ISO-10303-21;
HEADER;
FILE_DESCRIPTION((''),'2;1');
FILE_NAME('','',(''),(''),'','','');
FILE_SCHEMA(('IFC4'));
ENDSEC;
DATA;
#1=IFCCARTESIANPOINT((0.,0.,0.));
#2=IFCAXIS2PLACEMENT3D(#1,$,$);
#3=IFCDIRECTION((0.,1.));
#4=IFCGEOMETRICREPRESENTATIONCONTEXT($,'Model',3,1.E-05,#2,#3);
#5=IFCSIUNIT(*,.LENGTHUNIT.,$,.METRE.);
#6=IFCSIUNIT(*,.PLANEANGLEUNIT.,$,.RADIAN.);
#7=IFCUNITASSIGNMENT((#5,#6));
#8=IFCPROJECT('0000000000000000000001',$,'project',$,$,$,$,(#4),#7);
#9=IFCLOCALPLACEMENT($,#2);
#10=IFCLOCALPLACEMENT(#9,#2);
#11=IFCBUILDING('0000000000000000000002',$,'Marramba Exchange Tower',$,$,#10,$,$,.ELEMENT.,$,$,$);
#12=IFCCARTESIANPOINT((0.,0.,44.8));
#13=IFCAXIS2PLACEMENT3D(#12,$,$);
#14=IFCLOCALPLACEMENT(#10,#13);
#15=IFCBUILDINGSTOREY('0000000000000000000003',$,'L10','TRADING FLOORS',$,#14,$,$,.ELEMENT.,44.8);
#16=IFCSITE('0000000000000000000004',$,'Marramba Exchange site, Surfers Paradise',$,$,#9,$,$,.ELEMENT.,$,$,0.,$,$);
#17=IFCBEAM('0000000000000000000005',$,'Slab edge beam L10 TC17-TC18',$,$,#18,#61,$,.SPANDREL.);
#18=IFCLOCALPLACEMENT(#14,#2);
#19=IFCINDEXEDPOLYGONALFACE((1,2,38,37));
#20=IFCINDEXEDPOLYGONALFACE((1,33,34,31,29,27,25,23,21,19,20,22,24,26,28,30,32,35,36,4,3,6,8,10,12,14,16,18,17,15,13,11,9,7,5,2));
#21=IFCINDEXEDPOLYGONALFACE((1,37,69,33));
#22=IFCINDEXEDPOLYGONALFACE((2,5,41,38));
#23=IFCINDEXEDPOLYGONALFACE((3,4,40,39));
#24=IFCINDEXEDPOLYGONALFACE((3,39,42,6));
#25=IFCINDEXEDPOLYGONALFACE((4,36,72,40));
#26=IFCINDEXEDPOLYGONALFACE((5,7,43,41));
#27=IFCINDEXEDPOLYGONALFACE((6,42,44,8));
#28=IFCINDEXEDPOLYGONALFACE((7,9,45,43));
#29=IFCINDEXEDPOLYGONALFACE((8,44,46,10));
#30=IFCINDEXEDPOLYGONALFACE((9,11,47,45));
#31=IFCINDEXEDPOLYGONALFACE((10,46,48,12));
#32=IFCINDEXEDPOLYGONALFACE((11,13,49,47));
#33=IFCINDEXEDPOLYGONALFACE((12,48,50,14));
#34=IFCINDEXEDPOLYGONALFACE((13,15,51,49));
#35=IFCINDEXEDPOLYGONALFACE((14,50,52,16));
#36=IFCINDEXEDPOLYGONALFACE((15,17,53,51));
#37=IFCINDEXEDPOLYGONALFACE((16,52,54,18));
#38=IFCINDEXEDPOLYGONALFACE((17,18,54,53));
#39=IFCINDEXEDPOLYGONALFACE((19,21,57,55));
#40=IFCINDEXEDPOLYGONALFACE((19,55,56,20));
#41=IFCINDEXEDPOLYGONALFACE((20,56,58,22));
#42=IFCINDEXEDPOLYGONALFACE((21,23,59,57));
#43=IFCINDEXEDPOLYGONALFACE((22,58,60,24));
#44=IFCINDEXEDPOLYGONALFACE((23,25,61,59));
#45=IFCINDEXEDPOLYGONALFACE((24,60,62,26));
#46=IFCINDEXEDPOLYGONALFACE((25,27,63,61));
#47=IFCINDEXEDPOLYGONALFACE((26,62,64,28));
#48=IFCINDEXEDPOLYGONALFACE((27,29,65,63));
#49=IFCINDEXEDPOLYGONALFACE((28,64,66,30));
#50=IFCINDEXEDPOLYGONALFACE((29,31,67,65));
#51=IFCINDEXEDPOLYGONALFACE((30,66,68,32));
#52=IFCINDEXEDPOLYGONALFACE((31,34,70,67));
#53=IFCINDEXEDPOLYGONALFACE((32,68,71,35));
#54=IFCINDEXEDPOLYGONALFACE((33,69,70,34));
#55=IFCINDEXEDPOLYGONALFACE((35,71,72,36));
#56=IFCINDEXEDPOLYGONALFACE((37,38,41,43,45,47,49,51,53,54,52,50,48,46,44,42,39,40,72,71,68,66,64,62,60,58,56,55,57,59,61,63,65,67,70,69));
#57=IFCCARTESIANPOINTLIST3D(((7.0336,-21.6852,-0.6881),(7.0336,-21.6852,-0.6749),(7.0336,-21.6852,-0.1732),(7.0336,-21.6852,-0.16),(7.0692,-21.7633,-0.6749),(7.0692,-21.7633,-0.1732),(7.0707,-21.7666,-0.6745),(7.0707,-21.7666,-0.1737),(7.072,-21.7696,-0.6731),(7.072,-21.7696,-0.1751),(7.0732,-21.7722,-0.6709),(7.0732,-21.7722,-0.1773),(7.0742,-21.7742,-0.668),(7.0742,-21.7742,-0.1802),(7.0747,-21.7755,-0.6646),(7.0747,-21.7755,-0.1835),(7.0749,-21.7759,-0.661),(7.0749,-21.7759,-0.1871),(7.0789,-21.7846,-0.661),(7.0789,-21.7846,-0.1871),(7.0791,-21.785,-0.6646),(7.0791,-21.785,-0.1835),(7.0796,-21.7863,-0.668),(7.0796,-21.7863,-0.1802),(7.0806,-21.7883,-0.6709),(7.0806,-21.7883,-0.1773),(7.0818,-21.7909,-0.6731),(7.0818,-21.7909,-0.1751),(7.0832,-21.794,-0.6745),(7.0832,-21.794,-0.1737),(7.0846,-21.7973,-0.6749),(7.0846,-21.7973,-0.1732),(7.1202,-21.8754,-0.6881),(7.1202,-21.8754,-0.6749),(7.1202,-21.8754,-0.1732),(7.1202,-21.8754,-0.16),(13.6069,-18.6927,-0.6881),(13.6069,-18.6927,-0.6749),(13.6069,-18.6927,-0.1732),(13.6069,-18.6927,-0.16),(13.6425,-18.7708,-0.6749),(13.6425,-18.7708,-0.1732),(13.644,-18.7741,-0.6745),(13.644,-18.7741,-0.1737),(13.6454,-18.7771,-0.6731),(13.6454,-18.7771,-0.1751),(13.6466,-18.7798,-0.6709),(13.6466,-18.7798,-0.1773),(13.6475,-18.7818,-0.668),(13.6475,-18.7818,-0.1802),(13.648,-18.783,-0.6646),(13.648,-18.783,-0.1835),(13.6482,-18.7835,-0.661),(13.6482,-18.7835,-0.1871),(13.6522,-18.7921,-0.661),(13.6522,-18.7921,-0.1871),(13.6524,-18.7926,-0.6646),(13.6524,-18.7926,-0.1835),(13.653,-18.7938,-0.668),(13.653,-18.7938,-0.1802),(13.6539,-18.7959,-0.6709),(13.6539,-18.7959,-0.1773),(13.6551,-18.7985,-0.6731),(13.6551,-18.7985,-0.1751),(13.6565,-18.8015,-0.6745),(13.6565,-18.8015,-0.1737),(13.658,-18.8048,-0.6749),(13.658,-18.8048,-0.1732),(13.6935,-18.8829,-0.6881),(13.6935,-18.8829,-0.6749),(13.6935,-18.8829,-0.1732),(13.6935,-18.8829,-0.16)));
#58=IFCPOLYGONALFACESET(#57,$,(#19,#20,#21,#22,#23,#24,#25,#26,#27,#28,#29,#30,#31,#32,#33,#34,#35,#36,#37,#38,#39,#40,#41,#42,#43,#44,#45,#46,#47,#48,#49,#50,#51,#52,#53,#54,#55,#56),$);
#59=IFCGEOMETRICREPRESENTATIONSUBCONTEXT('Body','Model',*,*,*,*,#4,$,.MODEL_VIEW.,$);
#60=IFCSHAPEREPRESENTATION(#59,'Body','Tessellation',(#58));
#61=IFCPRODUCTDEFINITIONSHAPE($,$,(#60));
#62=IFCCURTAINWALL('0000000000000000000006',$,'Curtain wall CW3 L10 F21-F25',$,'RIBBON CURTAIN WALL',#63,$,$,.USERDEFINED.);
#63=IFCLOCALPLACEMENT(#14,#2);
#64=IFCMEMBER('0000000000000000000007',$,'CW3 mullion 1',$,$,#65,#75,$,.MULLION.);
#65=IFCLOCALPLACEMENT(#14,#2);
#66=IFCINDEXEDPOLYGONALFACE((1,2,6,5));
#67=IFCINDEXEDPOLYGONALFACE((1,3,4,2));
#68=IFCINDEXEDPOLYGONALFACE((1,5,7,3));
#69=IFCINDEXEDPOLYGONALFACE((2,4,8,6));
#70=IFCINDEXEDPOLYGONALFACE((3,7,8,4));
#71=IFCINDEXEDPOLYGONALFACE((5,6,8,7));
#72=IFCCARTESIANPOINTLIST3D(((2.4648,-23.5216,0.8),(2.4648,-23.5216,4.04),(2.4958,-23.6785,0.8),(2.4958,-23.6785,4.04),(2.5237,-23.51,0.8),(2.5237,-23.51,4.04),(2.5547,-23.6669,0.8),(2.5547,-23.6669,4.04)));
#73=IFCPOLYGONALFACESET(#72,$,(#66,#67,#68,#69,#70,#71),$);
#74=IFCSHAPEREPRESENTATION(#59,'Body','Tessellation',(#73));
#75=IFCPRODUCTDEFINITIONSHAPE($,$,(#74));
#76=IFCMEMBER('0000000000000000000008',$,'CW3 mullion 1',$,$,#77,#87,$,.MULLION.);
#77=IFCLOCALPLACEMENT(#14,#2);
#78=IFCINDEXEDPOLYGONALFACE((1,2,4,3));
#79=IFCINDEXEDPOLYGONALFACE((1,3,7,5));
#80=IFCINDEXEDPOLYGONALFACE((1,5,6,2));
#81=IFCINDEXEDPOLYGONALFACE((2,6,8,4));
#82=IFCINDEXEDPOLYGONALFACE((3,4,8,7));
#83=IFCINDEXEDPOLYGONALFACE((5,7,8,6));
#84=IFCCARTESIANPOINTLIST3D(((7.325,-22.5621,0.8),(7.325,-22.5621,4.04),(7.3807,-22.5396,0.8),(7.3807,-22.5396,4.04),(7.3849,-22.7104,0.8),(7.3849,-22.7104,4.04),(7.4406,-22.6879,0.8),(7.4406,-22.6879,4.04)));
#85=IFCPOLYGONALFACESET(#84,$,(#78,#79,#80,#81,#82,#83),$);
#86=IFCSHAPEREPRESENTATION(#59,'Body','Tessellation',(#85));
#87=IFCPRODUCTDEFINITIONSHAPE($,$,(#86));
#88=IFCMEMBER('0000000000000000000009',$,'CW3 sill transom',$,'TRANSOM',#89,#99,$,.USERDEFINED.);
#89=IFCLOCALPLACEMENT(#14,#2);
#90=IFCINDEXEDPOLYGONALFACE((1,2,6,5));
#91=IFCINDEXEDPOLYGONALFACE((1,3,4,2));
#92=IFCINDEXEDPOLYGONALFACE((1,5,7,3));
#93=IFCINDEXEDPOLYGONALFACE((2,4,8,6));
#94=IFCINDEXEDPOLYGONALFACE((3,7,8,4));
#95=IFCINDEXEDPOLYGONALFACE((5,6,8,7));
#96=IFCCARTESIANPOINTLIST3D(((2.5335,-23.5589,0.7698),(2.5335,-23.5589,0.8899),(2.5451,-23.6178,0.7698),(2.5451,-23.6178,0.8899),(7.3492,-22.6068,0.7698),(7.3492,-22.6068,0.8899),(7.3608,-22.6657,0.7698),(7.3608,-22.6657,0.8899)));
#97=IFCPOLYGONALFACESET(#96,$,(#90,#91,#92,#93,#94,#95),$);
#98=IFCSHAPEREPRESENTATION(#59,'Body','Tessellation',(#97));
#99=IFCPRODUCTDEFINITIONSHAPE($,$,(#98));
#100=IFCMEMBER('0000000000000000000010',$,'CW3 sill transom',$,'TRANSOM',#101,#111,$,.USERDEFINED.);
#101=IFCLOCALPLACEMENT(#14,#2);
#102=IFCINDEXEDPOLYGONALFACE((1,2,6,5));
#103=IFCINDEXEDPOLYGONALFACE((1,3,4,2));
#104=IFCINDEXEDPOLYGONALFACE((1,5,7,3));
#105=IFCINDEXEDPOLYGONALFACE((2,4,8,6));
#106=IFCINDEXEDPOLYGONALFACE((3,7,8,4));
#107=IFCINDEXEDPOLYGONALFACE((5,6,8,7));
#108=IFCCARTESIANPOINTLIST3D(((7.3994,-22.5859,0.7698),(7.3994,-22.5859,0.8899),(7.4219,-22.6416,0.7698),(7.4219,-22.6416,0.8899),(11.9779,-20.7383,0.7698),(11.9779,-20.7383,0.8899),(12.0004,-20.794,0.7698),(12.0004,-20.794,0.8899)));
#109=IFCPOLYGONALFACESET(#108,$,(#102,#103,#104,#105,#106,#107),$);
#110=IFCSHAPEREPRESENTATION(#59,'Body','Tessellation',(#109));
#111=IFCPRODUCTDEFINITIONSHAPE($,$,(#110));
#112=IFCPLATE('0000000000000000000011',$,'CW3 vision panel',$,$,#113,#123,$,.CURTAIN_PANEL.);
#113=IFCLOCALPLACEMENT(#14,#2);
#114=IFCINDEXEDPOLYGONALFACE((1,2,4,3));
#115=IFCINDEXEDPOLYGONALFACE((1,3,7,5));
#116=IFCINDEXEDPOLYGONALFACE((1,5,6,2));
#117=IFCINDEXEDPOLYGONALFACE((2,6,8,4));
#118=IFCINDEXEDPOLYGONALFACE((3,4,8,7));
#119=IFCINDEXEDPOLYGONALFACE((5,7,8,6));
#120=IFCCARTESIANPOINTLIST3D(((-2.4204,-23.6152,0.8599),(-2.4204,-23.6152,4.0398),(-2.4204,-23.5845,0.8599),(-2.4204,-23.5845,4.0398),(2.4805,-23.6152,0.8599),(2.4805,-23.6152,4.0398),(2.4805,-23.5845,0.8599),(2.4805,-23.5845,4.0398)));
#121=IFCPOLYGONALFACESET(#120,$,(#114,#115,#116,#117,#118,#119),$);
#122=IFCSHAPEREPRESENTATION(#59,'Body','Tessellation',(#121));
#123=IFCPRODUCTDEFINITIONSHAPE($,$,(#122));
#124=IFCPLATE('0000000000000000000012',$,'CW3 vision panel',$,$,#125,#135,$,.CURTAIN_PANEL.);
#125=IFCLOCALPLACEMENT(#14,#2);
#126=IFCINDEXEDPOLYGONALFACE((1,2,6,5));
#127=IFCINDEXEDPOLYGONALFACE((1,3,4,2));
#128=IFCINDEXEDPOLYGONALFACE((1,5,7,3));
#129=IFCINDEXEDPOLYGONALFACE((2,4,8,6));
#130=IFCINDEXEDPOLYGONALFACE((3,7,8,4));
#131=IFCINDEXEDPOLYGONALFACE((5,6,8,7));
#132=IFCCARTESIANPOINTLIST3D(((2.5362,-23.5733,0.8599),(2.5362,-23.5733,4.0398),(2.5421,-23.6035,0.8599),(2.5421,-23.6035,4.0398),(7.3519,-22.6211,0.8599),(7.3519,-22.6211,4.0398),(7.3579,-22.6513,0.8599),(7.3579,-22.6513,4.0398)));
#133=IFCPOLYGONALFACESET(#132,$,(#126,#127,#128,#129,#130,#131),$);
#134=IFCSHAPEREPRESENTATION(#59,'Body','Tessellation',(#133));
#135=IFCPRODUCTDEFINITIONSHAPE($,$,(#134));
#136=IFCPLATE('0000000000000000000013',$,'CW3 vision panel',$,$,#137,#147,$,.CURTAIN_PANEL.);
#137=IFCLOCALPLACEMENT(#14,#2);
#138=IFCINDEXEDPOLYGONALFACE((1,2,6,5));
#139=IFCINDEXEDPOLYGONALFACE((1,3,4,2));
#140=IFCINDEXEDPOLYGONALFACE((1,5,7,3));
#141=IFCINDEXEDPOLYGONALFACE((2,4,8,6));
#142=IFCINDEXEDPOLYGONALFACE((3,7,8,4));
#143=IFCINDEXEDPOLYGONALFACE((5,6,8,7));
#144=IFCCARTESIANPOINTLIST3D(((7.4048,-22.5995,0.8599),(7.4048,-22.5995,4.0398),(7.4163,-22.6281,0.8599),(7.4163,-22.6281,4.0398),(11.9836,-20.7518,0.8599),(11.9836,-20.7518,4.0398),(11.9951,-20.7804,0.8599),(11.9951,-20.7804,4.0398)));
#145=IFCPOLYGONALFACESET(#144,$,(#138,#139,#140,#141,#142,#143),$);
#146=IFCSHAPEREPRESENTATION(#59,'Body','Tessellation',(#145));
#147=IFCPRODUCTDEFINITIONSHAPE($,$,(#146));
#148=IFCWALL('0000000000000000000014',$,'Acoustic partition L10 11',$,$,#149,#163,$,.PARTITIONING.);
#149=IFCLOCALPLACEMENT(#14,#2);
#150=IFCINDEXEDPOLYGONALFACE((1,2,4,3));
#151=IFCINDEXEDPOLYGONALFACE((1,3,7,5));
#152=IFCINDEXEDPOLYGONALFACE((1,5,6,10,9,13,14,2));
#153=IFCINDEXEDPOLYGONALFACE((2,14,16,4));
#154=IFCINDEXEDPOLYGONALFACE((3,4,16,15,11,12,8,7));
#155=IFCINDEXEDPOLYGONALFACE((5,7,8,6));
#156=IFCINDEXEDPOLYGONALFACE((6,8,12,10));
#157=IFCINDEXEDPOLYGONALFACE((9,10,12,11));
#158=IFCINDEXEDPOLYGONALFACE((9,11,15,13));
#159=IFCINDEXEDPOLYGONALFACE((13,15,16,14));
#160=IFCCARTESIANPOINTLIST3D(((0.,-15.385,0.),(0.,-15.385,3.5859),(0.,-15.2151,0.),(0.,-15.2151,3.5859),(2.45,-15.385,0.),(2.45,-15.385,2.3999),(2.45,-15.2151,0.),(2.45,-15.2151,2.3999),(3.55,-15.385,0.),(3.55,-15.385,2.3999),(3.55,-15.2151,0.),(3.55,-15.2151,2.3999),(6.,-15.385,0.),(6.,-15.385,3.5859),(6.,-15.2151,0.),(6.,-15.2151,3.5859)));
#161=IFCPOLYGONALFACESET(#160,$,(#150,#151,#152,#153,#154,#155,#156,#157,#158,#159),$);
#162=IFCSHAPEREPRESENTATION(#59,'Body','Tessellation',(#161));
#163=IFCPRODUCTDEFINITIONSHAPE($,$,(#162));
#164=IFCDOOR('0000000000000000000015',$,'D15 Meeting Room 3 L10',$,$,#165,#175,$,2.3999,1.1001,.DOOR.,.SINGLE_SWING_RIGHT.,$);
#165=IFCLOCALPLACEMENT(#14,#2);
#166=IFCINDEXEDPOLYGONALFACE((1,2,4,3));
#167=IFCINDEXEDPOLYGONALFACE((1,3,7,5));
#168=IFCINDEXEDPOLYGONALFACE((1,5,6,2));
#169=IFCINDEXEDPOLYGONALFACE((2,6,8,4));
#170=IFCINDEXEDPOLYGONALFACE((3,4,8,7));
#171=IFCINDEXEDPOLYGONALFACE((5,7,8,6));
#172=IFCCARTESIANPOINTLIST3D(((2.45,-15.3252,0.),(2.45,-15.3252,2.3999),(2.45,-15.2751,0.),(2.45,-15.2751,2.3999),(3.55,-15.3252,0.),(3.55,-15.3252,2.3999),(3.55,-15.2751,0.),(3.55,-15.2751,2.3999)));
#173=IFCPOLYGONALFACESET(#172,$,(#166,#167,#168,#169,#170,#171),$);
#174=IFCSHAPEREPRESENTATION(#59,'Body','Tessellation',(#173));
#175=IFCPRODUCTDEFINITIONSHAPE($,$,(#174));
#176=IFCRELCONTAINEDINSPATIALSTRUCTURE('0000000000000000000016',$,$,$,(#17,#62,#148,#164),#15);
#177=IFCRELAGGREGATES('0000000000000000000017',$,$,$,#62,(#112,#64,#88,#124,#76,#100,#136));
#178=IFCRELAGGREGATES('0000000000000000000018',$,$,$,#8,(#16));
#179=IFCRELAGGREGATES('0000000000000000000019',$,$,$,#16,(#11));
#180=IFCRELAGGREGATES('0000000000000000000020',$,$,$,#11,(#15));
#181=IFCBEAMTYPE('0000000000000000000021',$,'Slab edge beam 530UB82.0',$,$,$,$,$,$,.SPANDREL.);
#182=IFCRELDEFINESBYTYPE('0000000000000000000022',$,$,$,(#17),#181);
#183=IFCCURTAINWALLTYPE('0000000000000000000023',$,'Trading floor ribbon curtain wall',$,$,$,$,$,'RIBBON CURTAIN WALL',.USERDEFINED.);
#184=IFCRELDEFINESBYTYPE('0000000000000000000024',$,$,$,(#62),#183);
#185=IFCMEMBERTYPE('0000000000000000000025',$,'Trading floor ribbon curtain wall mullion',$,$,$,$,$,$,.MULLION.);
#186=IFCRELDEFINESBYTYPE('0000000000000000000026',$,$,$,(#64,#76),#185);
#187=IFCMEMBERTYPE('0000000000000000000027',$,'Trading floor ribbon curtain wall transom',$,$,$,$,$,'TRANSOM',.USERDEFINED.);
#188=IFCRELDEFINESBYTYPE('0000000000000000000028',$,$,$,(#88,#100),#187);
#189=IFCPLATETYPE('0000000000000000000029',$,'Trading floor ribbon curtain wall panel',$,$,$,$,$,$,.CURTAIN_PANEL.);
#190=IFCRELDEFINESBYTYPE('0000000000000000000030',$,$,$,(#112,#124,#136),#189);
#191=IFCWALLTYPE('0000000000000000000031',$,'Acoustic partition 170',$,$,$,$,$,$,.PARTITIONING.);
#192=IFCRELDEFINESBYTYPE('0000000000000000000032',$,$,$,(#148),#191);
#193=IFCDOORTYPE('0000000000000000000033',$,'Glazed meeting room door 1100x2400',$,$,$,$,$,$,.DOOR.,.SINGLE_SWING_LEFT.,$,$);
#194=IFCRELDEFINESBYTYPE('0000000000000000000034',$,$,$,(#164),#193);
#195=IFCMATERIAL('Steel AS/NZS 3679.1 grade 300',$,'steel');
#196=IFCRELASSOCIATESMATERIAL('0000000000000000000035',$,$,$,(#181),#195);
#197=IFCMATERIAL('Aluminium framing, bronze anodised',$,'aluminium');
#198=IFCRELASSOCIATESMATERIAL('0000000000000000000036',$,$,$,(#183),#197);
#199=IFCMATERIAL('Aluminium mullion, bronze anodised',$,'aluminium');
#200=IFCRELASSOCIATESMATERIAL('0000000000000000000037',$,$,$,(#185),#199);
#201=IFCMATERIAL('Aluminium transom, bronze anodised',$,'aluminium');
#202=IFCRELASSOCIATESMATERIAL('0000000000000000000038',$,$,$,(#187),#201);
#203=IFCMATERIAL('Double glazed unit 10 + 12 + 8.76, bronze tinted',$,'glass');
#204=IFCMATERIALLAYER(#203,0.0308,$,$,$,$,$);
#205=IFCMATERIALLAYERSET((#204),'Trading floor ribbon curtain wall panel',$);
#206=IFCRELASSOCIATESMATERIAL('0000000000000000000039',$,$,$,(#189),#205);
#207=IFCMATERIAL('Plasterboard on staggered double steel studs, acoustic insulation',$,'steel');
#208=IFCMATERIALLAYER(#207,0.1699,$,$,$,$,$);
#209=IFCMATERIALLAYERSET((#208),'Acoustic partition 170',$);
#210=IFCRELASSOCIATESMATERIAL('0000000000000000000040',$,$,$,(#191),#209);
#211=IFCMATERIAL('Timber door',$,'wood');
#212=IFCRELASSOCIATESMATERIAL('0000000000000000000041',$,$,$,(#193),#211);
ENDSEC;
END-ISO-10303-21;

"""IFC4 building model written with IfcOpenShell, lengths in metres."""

from ifc_helpers import new_model, si_unit, direction, frame, frame_2d, origin, origin_2d, place, context, subcontext, project, spatial, rectangle, i_section, extrude, material, layer, layer_set, material_profile, profile_set, type_object, element, fill, aggregate, save


model = new_model("IFC4")

# Units and contexts
model_context = context("Model", 3, precision=1e-05, world=origin(), true_north=direction((0.0, 1.0)))
body_context = subcontext(model_context, "Body", "Model", "MODEL_VIEW")
ifc_project = project(units=[si_unit("LENGTHUNIT", "METRE"), si_unit("PLANEANGLEUNIT", "RADIAN")], contexts=[model_context])

# Site, building, storey
site_placement = place(None, origin())
site = spatial("IfcSite", under=ifc_project, at=site_placement, Name="Marramba Exchange site, Surfers Paradise", CompositionType="ELEMENT", RefElevation=0.0)
building_placement = place(site_placement, origin())
building = spatial("IfcBuilding", under=site, at=building_placement, Name="Marramba Exchange Tower", CompositionType="ELEMENT")
storey_placement = place(building_placement, frame((0.0, 0.0, 44.8)))
storey = spatial("IfcBuildingStorey", under=building, at=storey_placement, Name="L10", Description="TRADING FLOORS", CompositionType="ELEMENT", Elevation=44.8)

# Beam
ifc_material_1 = material(Name="Steel AS/NZS 3679.1 grade 300", Category="steel")
ifc_material_profile_1 = material_profile(ifc_material_1, i_section(OverallWidth=0.209, OverallDepth=0.5281, WebThickness=0.0095, FlangeThickness=0.0132, FilletRadius=0.0139, at=origin_2d()), Name="530UB82.0")
ifc_profile_set_1 = profile_set([ifc_material_profile_1], Name="Steel AS/NZS 3679.1 grade 300")
beam_type_1 = type_object("IfcBeamType", Name="Slab edge beam 530UB82.0", PredefinedType="SPANDREL", material=ifc_profile_set_1)
beam_1_placement = place(storey_placement, frame((7.0769, -21.7803, -0.4241), z_axis=(0.910127, 0.41433, 0.0), x_axis=(-0.41433, 0.910127, 0.0)))
element("IfcBeam", 1, at=beam_1_placement, inside=storey, type_object=beam_type_1, Name="Slab edge beam L10 TC17-TC18", PredefinedType="SPANDREL", context=body_context, shape_type="SweptSolid", body=[
    extrude(i_section(OverallWidth=0.209, OverallDepth=0.5281, WebThickness=0.0095, FlangeThickness=0.0132, FilletRadius=0.0139, at=origin_2d()), origin(), (0.0, 0.0, 1.0), 7.2224),
])

# Curtain wall, members, plates
ifc_material_2 = material(Name="Aluminium framing, bronze anodised", Category="aluminium")
curtain_wall_type = type_object("IfcCurtainWallType", Name="Trading floor ribbon curtain wall", ElementType="RIBBON CURTAIN WALL", PredefinedType="USERDEFINED", material=ifc_material_2)
curtain_wall_placement = place(storey_placement, origin())
curtain_wall = element("IfcCurtainWall", 2, at=curtain_wall_placement, inside=storey, type_object=curtain_wall_type, Name="Curtain wall CW3 L10 F21-F25", ObjectType="RIBBON CURTAIN WALL", PredefinedType="USERDEFINED")
ifc_material_3 = material(Name="Aluminium mullion, bronze anodised", Category="aluminium")
ifc_material_profile_2 = material_profile(ifc_material_3, rectangle(XDim=0.1599, YDim=0.0601, at=origin_2d()), Name="CW3 mullion 60x160")
ifc_profile_set_2 = profile_set([ifc_material_profile_2], Name="Aluminium mullion, bronze anodised")
member_type_1 = type_object("IfcMemberType", Name="Trading floor ribbon curtain wall mullion", PredefinedType="MULLION", material=ifc_profile_set_2)
member_1_placement = place(storey_placement, frame((2.5098, -23.5942, 0.8), z_axis=(0.0, 0.0, 1.0), x_axis=(-0.193961, 0.981009, 0.0)))
member_1 = element("IfcMember", 3, at=member_1_placement, type_object=member_type_1, Name="CW3 mullion 1", PredefinedType="MULLION", context=body_context, shape_type="SweptSolid", body=[
    extrude(rectangle(XDim=0.1599, YDim=0.0601, at=origin_2d()), origin(), (0.0, 0.0, 1.0), 3.24),
])
member_2_placement = place(storey_placement, frame((7.3828, -22.625, 0.8), z_axis=(0.0, 0.0, 1.0), x_axis=(-0.374218, 0.927341, 0.0)))
member_2 = element("IfcMember", 4, at=member_2_placement, type_object=member_type_1, Name="CW3 mullion 1", PredefinedType="MULLION", context=body_context, shape_type="SweptSolid", body=[
    extrude(rectangle(XDim=0.1599, YDim=0.0601, at=origin_2d()), origin(), (0.0, 0.0, 1.0), 3.24),
])
ifc_material_4 = material(Name="Aluminium transom, bronze anodised", Category="aluminium")
ifc_material_profile_3 = material_profile(ifc_material_4, rectangle(XDim=0.0601, YDim=0.1201, at=origin_2d()), Name="CW3 transom 60x120")
ifc_profile_set_3 = profile_set([ifc_material_profile_3], Name="Aluminium transom, bronze anodised")
member_type_2 = type_object("IfcMemberType", Name="Trading floor ribbon curtain wall transom", ElementType="TRANSOM", PredefinedType="USERDEFINED", material=ifc_profile_set_3)
member_3_placement = place(storey_placement, frame((2.5393, -23.5884, 0.8298), z_axis=(0.981009, 0.193964, 0.0), x_axis=(-0.193964, 0.981009, 0.0)))
member_3 = element("IfcMember", 5, at=member_3_placement, type_object=member_type_2, Name="CW3 sill transom", ObjectType="TRANSOM", PredefinedType="USERDEFINED", context=body_context, shape_type="SweptSolid", body=[
    extrude(rectangle(XDim=0.0601, YDim=0.1201, at=origin_2d()), origin(), (0.0, 0.0, 1.0), 4.9089),
])
member_4_placement = place(storey_placement, frame((7.4106, -22.6138, 0.8298), z_axis=(0.92734, 0.374219, 0.0), x_axis=(-0.374219, 0.92734, 0.0)))
member_4 = element("IfcMember", 6, at=member_4_placement, type_object=member_type_2, Name="CW3 sill transom", ObjectType="TRANSOM", PredefinedType="USERDEFINED", context=body_context, shape_type="SweptSolid", body=[
    extrude(rectangle(XDim=0.0601, YDim=0.1201, at=origin_2d()), origin(), (0.0, 0.0, 1.0), 4.9373),
])
ifc_material_5 = material(Name="Double glazed unit 10 + 12 + 8.76, bronze tinted", Category="glass")
ifc_layer_1 = layer(ifc_material_5, 0.0308)
ifc_layer_set_1 = layer_set([ifc_layer_1], Name="Trading floor ribbon curtain wall panel")
plate_type = type_object("IfcPlateType", Name="Trading floor ribbon curtain wall panel", PredefinedType="CURTAIN_PANEL", material=ifc_layer_set_1)
plate_1_placement = place(storey_placement, frame((0.03, -23.5999, 0.8599), z_axis=(0.0, 0.0, 1.0), x_axis=(1.0, 0.0, 0.0)))
plate_1 = element("IfcPlate", 7, at=plate_1_placement, type_object=plate_type, Name="CW3 vision panel", PredefinedType="CURTAIN_PANEL", context=body_context, shape_type="SweptSolid", body=[
    extrude(rectangle(XDim=4.9009, YDim=0.0308, at=origin_2d()), origin(), (0.0, 0.0, 1.0), 3.1799),
])
plate_2_placement = place(storey_placement, frame((4.947, -23.1123, 0.8599), z_axis=(0.0, 0.0, 1.0), x_axis=(0.981009, 0.193961, 0.0)))
plate_2 = element("IfcPlate", 8, at=plate_2_placement, type_object=plate_type, Name="CW3 vision panel", PredefinedType="CURTAIN_PANEL", context=body_context, shape_type="SweptSolid", body=[
    extrude(rectangle(XDim=4.9089, YDim=0.0308, at=origin_2d()), origin(), (0.0, 0.0, 1.0), 3.1799),
])
plate_3_placement = place(storey_placement, frame((9.7, -21.6899, 0.8599), z_axis=(0.0, 0.0, 1.0), x_axis=(0.927341, 0.374218, 0.0)))
plate_3 = element("IfcPlate", 9, at=plate_3_placement, type_object=plate_type, Name="CW3 vision panel", PredefinedType="CURTAIN_PANEL", context=body_context, shape_type="SweptSolid", body=[
    extrude(rectangle(XDim=4.9375, YDim=0.0308, at=origin_2d()), origin(), (0.0, 0.0, 1.0), 3.1799),
])
aggregate(curtain_wall, [plate_1, member_1, member_3, plate_2, member_2, member_4, plate_3])

# Wall, opening, door
ifc_material_6 = material(Name="Plasterboard on staggered double steel studs, acoustic insulation", Category="steel")
ifc_layer_2 = layer(ifc_material_6, 0.1699)
ifc_layer_set_2 = layer_set([ifc_layer_2], Name="Acoustic partition 170")
wall_type_1 = type_object("IfcWallType", Name="Acoustic partition 170", PredefinedType="PARTITIONING", material=ifc_layer_set_2)
wall_1_placement = place(storey_placement, frame((0.0, -15.3, 0.0), z_axis=(0.0, 0.0, 1.0), x_axis=(1.0, 0.0, 0.0)))
wall_1 = element("IfcWall", 10, at=wall_1_placement, inside=storey, type_object=wall_type_1, Name="Acoustic partition L10 11", PredefinedType="PARTITIONING", context=body_context, shape_type="SweptSolid", body=[
    extrude(rectangle(XDim=6.0, YDim=0.1699, at=frame_2d((3.0, 0.0))), origin(), (0.0, 0.0, 1.0), 3.5859),
])
opening_placement = place(wall_1_placement, frame((2.45, 0.0, 0.0)))
opening = element("IfcOpeningElement", 11, at=opening_placement, cuts=wall_1, PredefinedType="OPENING", context=body_context, shape_type="SweptSolid", body=[
    extrude(rectangle(XDim=1.1001, YDim=2.3999, at=frame_2d((0.55, 1.2))), frame((0.0, 0.095, 0.0), z_axis=(0.0, -1.0, 0.0), x_axis=(1.0, 0.0, 0.0)), (0.0, 0.0, 1.0), 0.1899),
])
ifc_material_7 = material(Name="Timber door", Category="wood")
door_type = type_object("IfcDoorType", Name="Glazed meeting room door 1100x2400", OperationType="SINGLE_SWING_LEFT", PredefinedType="DOOR", material=ifc_material_7)
door_placement = place(opening_placement, origin())
door = element("IfcDoor", 12, at=door_placement, inside=storey, type_object=door_type, Name="D15 Meeting Room 3 L10", OperationType="SINGLE_SWING_RIGHT", OverallHeight=2.3999, OverallWidth=1.1001, PredefinedType="DOOR", context=body_context, shape_type="SweptSolid", body=[
    extrude(rectangle(XDim=1.1001, YDim=2.3999, at=frame_2d((0.55, 1.2))), frame((0.0, 0.0249, 0.0), z_axis=(0.0, -1.0, 0.0), x_axis=(1.0, 0.0, 0.0)), (0.0, 0.0, 1.0), 0.05),
])
fill(opening, door)

save(model, "model.ifc")
